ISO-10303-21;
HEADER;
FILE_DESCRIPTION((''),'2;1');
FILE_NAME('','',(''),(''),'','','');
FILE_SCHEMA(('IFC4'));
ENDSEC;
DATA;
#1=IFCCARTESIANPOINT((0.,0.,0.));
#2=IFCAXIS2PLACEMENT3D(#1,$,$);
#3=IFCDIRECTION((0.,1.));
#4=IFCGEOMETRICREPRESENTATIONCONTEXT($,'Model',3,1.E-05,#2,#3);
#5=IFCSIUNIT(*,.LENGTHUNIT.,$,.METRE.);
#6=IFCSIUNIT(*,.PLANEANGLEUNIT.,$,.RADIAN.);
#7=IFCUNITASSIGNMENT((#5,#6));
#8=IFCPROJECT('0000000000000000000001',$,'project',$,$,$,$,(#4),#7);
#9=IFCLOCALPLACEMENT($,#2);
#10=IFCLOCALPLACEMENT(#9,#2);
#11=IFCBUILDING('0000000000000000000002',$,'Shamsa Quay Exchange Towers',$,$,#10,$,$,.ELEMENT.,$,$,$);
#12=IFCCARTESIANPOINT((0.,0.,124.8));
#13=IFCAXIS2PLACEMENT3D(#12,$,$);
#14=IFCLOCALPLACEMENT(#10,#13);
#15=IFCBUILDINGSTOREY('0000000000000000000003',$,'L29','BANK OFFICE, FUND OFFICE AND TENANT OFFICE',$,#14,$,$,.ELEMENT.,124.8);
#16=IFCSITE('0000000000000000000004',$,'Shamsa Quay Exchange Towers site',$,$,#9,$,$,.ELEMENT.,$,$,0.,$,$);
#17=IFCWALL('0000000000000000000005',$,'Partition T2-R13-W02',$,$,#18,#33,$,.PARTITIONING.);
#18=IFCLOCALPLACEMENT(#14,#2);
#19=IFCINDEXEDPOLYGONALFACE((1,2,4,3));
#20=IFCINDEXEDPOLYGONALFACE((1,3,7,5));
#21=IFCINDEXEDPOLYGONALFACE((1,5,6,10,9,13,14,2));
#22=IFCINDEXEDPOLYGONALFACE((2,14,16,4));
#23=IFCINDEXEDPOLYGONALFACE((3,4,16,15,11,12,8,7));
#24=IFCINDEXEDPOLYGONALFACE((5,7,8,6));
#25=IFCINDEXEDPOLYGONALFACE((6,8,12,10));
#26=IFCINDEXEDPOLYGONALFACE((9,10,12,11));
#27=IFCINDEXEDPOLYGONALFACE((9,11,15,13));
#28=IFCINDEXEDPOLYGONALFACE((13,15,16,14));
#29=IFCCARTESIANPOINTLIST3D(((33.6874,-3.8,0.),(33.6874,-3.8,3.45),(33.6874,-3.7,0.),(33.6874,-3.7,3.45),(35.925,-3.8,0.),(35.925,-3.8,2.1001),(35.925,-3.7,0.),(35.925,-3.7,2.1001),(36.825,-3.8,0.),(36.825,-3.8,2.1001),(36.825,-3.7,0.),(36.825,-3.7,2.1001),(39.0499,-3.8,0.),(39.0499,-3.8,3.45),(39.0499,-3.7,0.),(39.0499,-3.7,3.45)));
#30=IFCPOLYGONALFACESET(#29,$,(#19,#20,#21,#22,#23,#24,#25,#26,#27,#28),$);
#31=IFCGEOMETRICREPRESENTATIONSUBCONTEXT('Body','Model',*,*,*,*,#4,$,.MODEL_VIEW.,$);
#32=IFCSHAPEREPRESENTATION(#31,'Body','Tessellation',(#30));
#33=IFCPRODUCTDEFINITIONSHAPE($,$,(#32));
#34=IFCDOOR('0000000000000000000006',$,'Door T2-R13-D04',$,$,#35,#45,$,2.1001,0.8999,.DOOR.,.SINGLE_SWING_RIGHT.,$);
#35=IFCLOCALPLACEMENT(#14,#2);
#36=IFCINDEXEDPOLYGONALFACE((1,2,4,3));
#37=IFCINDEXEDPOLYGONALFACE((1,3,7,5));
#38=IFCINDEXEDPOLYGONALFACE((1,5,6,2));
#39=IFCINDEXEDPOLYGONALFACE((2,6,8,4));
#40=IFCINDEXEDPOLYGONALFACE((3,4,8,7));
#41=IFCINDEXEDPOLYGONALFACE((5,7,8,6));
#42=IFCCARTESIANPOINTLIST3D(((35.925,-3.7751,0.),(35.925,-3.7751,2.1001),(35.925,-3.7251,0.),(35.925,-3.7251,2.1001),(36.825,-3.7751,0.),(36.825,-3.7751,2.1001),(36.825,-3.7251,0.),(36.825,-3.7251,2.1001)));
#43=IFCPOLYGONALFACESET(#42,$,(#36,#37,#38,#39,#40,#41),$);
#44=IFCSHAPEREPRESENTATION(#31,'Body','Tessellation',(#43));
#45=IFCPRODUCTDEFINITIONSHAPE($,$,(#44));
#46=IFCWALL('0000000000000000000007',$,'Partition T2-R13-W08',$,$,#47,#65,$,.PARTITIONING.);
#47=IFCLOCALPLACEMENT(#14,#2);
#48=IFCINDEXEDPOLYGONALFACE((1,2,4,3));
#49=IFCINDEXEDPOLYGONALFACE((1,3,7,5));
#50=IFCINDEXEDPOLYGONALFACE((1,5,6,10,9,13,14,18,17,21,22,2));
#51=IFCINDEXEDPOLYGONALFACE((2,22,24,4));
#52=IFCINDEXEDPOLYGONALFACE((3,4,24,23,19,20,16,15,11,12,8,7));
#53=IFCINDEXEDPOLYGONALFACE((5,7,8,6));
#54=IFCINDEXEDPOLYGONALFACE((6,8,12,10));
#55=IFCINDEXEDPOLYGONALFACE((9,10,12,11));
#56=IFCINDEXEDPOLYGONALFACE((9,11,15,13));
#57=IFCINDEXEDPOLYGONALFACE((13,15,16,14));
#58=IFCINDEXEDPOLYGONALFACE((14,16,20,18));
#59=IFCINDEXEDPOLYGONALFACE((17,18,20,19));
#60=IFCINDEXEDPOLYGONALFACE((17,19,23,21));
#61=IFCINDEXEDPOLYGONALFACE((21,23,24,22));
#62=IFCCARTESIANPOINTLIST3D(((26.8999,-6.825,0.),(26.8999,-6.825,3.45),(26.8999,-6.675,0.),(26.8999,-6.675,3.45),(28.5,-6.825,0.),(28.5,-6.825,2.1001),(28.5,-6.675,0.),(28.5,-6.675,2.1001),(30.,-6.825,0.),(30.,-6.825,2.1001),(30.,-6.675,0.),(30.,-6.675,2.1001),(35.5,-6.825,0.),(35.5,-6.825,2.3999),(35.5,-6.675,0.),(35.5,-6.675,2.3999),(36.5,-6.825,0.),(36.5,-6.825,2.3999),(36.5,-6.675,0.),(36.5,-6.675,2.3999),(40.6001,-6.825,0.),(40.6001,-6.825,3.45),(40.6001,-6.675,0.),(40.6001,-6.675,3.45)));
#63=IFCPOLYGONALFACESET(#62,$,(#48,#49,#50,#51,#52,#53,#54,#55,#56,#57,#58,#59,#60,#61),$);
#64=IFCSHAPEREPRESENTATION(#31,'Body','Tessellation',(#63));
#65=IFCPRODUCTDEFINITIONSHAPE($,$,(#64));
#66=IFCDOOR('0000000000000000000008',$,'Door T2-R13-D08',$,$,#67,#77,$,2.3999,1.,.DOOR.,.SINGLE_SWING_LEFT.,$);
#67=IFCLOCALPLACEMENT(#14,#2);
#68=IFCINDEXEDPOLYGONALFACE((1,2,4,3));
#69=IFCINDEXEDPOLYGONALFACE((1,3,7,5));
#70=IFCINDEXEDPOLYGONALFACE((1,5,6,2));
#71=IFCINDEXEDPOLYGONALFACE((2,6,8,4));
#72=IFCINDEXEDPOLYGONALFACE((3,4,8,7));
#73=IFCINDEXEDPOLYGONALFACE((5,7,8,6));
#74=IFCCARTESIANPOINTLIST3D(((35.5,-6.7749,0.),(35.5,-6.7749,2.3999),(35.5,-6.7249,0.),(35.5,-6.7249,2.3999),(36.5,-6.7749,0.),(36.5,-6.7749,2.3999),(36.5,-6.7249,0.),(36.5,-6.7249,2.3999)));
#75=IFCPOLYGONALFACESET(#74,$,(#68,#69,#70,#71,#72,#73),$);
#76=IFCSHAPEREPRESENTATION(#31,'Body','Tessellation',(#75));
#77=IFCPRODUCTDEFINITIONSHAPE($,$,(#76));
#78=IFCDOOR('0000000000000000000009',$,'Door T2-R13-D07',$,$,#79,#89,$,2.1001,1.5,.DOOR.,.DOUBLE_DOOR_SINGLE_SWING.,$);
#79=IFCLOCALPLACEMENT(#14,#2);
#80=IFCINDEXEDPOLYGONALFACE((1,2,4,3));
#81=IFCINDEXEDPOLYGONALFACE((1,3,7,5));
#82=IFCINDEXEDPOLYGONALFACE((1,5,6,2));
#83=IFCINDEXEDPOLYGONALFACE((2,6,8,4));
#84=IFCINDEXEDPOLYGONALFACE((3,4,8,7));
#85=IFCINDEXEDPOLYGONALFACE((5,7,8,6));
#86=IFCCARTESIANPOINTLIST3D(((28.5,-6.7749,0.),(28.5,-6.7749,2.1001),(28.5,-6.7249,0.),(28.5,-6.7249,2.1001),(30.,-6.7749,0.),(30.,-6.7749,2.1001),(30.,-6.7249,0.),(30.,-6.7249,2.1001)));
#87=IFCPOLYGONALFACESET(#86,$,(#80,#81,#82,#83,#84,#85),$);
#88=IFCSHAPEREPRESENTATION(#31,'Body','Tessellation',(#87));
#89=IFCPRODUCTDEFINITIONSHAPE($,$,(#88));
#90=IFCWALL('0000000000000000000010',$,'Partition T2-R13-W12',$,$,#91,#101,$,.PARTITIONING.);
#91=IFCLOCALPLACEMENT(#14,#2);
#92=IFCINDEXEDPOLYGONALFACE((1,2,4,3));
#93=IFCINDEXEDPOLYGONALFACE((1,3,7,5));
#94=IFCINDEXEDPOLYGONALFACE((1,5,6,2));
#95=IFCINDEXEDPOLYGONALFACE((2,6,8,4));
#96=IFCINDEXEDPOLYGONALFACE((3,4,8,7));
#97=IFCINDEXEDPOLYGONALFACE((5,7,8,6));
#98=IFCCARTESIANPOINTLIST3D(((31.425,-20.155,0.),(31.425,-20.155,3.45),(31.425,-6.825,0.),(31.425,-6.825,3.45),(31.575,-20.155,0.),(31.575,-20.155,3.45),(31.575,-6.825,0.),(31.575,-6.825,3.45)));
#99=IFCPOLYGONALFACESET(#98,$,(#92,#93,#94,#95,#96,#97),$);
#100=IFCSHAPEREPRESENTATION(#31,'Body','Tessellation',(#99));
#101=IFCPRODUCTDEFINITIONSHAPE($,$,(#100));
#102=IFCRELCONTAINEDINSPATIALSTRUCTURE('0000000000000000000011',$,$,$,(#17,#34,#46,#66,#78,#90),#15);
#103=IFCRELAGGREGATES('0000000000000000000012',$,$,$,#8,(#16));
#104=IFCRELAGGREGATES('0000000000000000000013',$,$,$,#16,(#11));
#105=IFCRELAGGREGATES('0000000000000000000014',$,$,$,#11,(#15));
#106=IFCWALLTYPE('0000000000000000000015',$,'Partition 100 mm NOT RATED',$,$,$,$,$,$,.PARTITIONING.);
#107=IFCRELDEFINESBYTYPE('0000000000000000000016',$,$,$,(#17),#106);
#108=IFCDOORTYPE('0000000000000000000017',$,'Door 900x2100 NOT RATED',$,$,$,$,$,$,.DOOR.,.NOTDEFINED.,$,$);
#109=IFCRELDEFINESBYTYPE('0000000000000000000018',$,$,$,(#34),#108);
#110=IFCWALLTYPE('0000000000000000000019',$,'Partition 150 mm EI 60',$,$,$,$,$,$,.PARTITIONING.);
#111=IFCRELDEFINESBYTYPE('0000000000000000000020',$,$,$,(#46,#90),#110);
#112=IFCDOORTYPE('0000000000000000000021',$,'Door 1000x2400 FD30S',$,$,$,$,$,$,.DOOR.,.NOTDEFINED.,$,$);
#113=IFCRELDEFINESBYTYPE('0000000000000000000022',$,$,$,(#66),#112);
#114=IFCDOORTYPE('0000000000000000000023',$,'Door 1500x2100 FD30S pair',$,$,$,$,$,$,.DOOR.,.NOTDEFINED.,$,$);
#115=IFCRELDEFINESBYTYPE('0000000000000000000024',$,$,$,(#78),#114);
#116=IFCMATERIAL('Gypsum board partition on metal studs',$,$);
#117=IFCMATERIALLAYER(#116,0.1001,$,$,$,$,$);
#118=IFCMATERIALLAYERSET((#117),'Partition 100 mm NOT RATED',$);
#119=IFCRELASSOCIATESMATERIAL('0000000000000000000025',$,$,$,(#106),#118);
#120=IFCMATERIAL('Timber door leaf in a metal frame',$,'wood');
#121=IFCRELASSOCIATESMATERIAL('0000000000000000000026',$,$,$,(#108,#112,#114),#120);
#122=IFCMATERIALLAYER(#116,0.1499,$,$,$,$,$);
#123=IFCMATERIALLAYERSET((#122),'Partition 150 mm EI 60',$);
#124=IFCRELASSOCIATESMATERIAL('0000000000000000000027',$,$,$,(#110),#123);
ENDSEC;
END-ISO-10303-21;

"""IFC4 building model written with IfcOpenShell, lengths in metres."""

from ifc_helpers import new_model, si_unit, direction, frame, frame_2d, origin, place, context, subcontext, project, spatial, rectangle, extrude, material, layer, layer_set, type_object, element, fill, save


model = new_model("IFC4")

# Units and contexts
model_context = context("Model", 3, precision=1e-05, world=origin(), true_north=direction((0.0, 1.0)))
body_context = subcontext(model_context, "Body", "Model", "MODEL_VIEW")
ifc_project = project(units=[si_unit("LENGTHUNIT", "METRE"), si_unit("PLANEANGLEUNIT", "RADIAN")], contexts=[model_context])

# Site, building, storey
site_placement = place(None, origin())
site = spatial("IfcSite", under=ifc_project, at=site_placement, Name="Shamsa Quay Exchange Towers site", CompositionType="ELEMENT", RefElevation=0.0)
building_placement = place(site_placement, origin())
building = spatial("IfcBuilding", under=site, at=building_placement, Name="Shamsa Quay Exchange Towers", CompositionType="ELEMENT")
storey_placement = place(building_placement, frame((0.0, 0.0, 124.8)))
storey = spatial("IfcBuildingStorey", under=building, at=storey_placement, Name="L29", Description="BANK OFFICE, FUND OFFICE AND TENANT OFFICE", CompositionType="ELEMENT", Elevation=124.8)

# Shared definitions
ifc_material_1 = material(Name="Gypsum board partition on metal studs")
ifc_layer_1 = layer(ifc_material_1, 0.1001)
ifc_layer_set_1 = layer_set([ifc_layer_1], Name="Partition 100 mm NOT RATED")
wall_type_1 = type_object("IfcWallType", Name="Partition 100 mm NOT RATED", PredefinedType="PARTITIONING", material=ifc_layer_set_1)

# Wall, opening, door
wall_1_placement = place(storey_placement, frame((33.6875, -3.75, 0.0)))
wall_1 = element("IfcWall", 1, at=wall_1_placement, inside=storey, type_object=wall_type_1, Name="Partition T2-R13-W02", PredefinedType="PARTITIONING", context=body_context, shape_type="SweptSolid", body=[
    extrude(rectangle(XDim=5.3625, YDim=0.1001, at=frame_2d((2.6812, 0.0))), origin(), (0.0, 0.0, 1.0), 3.45),
])
opening_1_placement = place(wall_1_placement, frame((2.2375, 0.0, 0.0)))
opening_1 = element("IfcOpeningElement", 2, at=opening_1_placement, cuts=wall_1, PredefinedType="OPENING", context=body_context, shape_type="SweptSolid", body=[
    extrude(rectangle(XDim=0.8999, YDim=2.1001, at=frame_2d((0.45, 1.05))), frame((0.0, 0.0601, 0.0), z_axis=(0.0, -1.0, 0.0), x_axis=(1.0, 0.0, 0.0)), (0.0, 0.0, 1.0), 0.1201),
])
ifc_material_2 = material(Name="Timber door leaf in a metal frame", Category="wood")
door_type_1 = type_object("IfcDoorType", Name="Door 900x2100 NOT RATED", OperationType="NOTDEFINED", PredefinedType="DOOR", material=ifc_material_2)
door_1_placement = place(opening_1_placement, origin())
door_1 = element("IfcDoor", 3, at=door_1_placement, inside=storey, type_object=door_type_1, Name="Door T2-R13-D04", OperationType="SINGLE_SWING_RIGHT", OverallHeight=2.1001, OverallWidth=0.8999, PredefinedType="DOOR", context=body_context, shape_type="SweptSolid", body=[
    extrude(rectangle(XDim=0.8999, YDim=2.1001, at=frame_2d((0.45, 1.05))), frame((0.0, 0.0249, 0.0), z_axis=(0.0, -1.0, 0.0), x_axis=(1.0, 0.0, 0.0)), (0.0, 0.0, 1.0), 0.05),
])
fill(opening_1, door_1)

# Wall, openings, doors
ifc_layer_2 = layer(ifc_material_1, 0.1499)
ifc_layer_set_2 = layer_set([ifc_layer_2], Name="Partition 150 mm EI 60")
wall_type_2 = type_object("IfcWallType", Name="Partition 150 mm EI 60", PredefinedType="PARTITIONING", material=ifc_layer_set_2)
wall_2_placement = place(storey_placement, frame((40.6001, -6.75, 0.0), z_axis=(0.0, 0.0, 1.0), x_axis=(-1.0, 0.0, 0.0)))
wall_2 = element("IfcWall", 4, at=wall_2_placement, inside=storey, type_object=wall_type_2, Name="Partition T2-R13-W08", PredefinedType="PARTITIONING", context=body_context, shape_type="SweptSolid", body=[
    extrude(rectangle(XDim=13.7002, YDim=0.1499, at=frame_2d((6.8501, 0.0))), origin(), (0.0, 0.0, 1.0), 3.45),
])
opening_2_placement = place(wall_2_placement, frame((10.6001, 0.0, 0.0)))
opening_2 = element("IfcOpeningElement", 5, at=opening_2_placement, cuts=wall_2, PredefinedType="OPENING", context=body_context, shape_type="SweptSolid", body=[
    extrude(rectangle(XDim=1.5, YDim=2.1001, at=frame_2d((0.75, 1.05))), frame((0.0, 0.085, 0.0), z_axis=(0.0, -1.0, 0.0), x_axis=(1.0, 0.0, 0.0)), (0.0, 0.0, 1.0), 0.1699),
])
opening_3_placement = place(wall_2_placement, frame((4.1001, 0.0, 0.0)))
opening_3 = element("IfcOpeningElement", 6, at=opening_3_placement, cuts=wall_2, PredefinedType="OPENING", context=body_context, shape_type="SweptSolid", body=[
    extrude(rectangle(XDim=1.0, YDim=2.3999, at=frame_2d((0.5, 1.2))), frame((0.0, 0.085, 0.0), z_axis=(0.0, -1.0, 0.0), x_axis=(1.0, 0.0, 0.0)), (0.0, 0.0, 1.0), 0.1699),
])
door_type_2 = type_object("IfcDoorType", Name="Door 1000x2400 FD30S", OperationType="NOTDEFINED", PredefinedType="DOOR", material=ifc_material_2)
door_2_placement = place(opening_3_placement, origin())
door_2 = element("IfcDoor", 7, at=door_2_placement, inside=storey, type_object=door_type_2, Name="Door T2-R13-D08", OperationType="SINGLE_SWING_LEFT", OverallHeight=2.3999, OverallWidth=1.0, PredefinedType="DOOR", context=body_context, shape_type="SweptSolid", body=[
    extrude(rectangle(XDim=1.0, YDim=2.3999, at=frame_2d((0.5, 1.2))), frame((0.0, 0.0249, 0.0), z_axis=(0.0, -1.0, 0.0), x_axis=(1.0, 0.0, 0.0)), (0.0, 0.0, 1.0), 0.05),
])
fill(opening_3, door_2)
door_type_3 = type_object("IfcDoorType", Name="Door 1500x2100 FD30S pair", OperationType="NOTDEFINED", PredefinedType="DOOR", material=ifc_material_2)
door_3_placement = place(opening_2_placement, origin())
door_3 = element("IfcDoor", 8, at=door_3_placement, inside=storey, type_object=door_type_3, Name="Door T2-R13-D07", OperationType="DOUBLE_DOOR_SINGLE_SWING", OverallHeight=2.1001, OverallWidth=1.5, PredefinedType="DOOR", context=body_context, shape_type="SweptSolid", body=[
    extrude(rectangle(XDim=1.5, YDim=2.1001, at=frame_2d((0.75, 1.05))), frame((0.0, 0.0249, 0.0), z_axis=(0.0, -1.0, 0.0), x_axis=(1.0, 0.0, 0.0)), (0.0, 0.0, 1.0), 0.05),
])
fill(opening_2, door_3)

# Wall
wall_3_placement = place(storey_placement, frame((31.5, -6.825, 0.0), z_axis=(0.0, 0.0, 1.0), x_axis=(0.0, -1.0, 0.0)))
element("IfcWall", 9, at=wall_3_placement, inside=storey, type_object=wall_type_2, Name="Partition T2-R13-W12", PredefinedType="PARTITIONING", context=body_context, shape_type="SweptSolid", body=[
    extrude(rectangle(XDim=13.3301, YDim=0.1499, at=frame_2d((6.665, 0.0))), origin(), (0.0, 0.0, 1.0), 3.45),
])

save(model, "model.ifc")
